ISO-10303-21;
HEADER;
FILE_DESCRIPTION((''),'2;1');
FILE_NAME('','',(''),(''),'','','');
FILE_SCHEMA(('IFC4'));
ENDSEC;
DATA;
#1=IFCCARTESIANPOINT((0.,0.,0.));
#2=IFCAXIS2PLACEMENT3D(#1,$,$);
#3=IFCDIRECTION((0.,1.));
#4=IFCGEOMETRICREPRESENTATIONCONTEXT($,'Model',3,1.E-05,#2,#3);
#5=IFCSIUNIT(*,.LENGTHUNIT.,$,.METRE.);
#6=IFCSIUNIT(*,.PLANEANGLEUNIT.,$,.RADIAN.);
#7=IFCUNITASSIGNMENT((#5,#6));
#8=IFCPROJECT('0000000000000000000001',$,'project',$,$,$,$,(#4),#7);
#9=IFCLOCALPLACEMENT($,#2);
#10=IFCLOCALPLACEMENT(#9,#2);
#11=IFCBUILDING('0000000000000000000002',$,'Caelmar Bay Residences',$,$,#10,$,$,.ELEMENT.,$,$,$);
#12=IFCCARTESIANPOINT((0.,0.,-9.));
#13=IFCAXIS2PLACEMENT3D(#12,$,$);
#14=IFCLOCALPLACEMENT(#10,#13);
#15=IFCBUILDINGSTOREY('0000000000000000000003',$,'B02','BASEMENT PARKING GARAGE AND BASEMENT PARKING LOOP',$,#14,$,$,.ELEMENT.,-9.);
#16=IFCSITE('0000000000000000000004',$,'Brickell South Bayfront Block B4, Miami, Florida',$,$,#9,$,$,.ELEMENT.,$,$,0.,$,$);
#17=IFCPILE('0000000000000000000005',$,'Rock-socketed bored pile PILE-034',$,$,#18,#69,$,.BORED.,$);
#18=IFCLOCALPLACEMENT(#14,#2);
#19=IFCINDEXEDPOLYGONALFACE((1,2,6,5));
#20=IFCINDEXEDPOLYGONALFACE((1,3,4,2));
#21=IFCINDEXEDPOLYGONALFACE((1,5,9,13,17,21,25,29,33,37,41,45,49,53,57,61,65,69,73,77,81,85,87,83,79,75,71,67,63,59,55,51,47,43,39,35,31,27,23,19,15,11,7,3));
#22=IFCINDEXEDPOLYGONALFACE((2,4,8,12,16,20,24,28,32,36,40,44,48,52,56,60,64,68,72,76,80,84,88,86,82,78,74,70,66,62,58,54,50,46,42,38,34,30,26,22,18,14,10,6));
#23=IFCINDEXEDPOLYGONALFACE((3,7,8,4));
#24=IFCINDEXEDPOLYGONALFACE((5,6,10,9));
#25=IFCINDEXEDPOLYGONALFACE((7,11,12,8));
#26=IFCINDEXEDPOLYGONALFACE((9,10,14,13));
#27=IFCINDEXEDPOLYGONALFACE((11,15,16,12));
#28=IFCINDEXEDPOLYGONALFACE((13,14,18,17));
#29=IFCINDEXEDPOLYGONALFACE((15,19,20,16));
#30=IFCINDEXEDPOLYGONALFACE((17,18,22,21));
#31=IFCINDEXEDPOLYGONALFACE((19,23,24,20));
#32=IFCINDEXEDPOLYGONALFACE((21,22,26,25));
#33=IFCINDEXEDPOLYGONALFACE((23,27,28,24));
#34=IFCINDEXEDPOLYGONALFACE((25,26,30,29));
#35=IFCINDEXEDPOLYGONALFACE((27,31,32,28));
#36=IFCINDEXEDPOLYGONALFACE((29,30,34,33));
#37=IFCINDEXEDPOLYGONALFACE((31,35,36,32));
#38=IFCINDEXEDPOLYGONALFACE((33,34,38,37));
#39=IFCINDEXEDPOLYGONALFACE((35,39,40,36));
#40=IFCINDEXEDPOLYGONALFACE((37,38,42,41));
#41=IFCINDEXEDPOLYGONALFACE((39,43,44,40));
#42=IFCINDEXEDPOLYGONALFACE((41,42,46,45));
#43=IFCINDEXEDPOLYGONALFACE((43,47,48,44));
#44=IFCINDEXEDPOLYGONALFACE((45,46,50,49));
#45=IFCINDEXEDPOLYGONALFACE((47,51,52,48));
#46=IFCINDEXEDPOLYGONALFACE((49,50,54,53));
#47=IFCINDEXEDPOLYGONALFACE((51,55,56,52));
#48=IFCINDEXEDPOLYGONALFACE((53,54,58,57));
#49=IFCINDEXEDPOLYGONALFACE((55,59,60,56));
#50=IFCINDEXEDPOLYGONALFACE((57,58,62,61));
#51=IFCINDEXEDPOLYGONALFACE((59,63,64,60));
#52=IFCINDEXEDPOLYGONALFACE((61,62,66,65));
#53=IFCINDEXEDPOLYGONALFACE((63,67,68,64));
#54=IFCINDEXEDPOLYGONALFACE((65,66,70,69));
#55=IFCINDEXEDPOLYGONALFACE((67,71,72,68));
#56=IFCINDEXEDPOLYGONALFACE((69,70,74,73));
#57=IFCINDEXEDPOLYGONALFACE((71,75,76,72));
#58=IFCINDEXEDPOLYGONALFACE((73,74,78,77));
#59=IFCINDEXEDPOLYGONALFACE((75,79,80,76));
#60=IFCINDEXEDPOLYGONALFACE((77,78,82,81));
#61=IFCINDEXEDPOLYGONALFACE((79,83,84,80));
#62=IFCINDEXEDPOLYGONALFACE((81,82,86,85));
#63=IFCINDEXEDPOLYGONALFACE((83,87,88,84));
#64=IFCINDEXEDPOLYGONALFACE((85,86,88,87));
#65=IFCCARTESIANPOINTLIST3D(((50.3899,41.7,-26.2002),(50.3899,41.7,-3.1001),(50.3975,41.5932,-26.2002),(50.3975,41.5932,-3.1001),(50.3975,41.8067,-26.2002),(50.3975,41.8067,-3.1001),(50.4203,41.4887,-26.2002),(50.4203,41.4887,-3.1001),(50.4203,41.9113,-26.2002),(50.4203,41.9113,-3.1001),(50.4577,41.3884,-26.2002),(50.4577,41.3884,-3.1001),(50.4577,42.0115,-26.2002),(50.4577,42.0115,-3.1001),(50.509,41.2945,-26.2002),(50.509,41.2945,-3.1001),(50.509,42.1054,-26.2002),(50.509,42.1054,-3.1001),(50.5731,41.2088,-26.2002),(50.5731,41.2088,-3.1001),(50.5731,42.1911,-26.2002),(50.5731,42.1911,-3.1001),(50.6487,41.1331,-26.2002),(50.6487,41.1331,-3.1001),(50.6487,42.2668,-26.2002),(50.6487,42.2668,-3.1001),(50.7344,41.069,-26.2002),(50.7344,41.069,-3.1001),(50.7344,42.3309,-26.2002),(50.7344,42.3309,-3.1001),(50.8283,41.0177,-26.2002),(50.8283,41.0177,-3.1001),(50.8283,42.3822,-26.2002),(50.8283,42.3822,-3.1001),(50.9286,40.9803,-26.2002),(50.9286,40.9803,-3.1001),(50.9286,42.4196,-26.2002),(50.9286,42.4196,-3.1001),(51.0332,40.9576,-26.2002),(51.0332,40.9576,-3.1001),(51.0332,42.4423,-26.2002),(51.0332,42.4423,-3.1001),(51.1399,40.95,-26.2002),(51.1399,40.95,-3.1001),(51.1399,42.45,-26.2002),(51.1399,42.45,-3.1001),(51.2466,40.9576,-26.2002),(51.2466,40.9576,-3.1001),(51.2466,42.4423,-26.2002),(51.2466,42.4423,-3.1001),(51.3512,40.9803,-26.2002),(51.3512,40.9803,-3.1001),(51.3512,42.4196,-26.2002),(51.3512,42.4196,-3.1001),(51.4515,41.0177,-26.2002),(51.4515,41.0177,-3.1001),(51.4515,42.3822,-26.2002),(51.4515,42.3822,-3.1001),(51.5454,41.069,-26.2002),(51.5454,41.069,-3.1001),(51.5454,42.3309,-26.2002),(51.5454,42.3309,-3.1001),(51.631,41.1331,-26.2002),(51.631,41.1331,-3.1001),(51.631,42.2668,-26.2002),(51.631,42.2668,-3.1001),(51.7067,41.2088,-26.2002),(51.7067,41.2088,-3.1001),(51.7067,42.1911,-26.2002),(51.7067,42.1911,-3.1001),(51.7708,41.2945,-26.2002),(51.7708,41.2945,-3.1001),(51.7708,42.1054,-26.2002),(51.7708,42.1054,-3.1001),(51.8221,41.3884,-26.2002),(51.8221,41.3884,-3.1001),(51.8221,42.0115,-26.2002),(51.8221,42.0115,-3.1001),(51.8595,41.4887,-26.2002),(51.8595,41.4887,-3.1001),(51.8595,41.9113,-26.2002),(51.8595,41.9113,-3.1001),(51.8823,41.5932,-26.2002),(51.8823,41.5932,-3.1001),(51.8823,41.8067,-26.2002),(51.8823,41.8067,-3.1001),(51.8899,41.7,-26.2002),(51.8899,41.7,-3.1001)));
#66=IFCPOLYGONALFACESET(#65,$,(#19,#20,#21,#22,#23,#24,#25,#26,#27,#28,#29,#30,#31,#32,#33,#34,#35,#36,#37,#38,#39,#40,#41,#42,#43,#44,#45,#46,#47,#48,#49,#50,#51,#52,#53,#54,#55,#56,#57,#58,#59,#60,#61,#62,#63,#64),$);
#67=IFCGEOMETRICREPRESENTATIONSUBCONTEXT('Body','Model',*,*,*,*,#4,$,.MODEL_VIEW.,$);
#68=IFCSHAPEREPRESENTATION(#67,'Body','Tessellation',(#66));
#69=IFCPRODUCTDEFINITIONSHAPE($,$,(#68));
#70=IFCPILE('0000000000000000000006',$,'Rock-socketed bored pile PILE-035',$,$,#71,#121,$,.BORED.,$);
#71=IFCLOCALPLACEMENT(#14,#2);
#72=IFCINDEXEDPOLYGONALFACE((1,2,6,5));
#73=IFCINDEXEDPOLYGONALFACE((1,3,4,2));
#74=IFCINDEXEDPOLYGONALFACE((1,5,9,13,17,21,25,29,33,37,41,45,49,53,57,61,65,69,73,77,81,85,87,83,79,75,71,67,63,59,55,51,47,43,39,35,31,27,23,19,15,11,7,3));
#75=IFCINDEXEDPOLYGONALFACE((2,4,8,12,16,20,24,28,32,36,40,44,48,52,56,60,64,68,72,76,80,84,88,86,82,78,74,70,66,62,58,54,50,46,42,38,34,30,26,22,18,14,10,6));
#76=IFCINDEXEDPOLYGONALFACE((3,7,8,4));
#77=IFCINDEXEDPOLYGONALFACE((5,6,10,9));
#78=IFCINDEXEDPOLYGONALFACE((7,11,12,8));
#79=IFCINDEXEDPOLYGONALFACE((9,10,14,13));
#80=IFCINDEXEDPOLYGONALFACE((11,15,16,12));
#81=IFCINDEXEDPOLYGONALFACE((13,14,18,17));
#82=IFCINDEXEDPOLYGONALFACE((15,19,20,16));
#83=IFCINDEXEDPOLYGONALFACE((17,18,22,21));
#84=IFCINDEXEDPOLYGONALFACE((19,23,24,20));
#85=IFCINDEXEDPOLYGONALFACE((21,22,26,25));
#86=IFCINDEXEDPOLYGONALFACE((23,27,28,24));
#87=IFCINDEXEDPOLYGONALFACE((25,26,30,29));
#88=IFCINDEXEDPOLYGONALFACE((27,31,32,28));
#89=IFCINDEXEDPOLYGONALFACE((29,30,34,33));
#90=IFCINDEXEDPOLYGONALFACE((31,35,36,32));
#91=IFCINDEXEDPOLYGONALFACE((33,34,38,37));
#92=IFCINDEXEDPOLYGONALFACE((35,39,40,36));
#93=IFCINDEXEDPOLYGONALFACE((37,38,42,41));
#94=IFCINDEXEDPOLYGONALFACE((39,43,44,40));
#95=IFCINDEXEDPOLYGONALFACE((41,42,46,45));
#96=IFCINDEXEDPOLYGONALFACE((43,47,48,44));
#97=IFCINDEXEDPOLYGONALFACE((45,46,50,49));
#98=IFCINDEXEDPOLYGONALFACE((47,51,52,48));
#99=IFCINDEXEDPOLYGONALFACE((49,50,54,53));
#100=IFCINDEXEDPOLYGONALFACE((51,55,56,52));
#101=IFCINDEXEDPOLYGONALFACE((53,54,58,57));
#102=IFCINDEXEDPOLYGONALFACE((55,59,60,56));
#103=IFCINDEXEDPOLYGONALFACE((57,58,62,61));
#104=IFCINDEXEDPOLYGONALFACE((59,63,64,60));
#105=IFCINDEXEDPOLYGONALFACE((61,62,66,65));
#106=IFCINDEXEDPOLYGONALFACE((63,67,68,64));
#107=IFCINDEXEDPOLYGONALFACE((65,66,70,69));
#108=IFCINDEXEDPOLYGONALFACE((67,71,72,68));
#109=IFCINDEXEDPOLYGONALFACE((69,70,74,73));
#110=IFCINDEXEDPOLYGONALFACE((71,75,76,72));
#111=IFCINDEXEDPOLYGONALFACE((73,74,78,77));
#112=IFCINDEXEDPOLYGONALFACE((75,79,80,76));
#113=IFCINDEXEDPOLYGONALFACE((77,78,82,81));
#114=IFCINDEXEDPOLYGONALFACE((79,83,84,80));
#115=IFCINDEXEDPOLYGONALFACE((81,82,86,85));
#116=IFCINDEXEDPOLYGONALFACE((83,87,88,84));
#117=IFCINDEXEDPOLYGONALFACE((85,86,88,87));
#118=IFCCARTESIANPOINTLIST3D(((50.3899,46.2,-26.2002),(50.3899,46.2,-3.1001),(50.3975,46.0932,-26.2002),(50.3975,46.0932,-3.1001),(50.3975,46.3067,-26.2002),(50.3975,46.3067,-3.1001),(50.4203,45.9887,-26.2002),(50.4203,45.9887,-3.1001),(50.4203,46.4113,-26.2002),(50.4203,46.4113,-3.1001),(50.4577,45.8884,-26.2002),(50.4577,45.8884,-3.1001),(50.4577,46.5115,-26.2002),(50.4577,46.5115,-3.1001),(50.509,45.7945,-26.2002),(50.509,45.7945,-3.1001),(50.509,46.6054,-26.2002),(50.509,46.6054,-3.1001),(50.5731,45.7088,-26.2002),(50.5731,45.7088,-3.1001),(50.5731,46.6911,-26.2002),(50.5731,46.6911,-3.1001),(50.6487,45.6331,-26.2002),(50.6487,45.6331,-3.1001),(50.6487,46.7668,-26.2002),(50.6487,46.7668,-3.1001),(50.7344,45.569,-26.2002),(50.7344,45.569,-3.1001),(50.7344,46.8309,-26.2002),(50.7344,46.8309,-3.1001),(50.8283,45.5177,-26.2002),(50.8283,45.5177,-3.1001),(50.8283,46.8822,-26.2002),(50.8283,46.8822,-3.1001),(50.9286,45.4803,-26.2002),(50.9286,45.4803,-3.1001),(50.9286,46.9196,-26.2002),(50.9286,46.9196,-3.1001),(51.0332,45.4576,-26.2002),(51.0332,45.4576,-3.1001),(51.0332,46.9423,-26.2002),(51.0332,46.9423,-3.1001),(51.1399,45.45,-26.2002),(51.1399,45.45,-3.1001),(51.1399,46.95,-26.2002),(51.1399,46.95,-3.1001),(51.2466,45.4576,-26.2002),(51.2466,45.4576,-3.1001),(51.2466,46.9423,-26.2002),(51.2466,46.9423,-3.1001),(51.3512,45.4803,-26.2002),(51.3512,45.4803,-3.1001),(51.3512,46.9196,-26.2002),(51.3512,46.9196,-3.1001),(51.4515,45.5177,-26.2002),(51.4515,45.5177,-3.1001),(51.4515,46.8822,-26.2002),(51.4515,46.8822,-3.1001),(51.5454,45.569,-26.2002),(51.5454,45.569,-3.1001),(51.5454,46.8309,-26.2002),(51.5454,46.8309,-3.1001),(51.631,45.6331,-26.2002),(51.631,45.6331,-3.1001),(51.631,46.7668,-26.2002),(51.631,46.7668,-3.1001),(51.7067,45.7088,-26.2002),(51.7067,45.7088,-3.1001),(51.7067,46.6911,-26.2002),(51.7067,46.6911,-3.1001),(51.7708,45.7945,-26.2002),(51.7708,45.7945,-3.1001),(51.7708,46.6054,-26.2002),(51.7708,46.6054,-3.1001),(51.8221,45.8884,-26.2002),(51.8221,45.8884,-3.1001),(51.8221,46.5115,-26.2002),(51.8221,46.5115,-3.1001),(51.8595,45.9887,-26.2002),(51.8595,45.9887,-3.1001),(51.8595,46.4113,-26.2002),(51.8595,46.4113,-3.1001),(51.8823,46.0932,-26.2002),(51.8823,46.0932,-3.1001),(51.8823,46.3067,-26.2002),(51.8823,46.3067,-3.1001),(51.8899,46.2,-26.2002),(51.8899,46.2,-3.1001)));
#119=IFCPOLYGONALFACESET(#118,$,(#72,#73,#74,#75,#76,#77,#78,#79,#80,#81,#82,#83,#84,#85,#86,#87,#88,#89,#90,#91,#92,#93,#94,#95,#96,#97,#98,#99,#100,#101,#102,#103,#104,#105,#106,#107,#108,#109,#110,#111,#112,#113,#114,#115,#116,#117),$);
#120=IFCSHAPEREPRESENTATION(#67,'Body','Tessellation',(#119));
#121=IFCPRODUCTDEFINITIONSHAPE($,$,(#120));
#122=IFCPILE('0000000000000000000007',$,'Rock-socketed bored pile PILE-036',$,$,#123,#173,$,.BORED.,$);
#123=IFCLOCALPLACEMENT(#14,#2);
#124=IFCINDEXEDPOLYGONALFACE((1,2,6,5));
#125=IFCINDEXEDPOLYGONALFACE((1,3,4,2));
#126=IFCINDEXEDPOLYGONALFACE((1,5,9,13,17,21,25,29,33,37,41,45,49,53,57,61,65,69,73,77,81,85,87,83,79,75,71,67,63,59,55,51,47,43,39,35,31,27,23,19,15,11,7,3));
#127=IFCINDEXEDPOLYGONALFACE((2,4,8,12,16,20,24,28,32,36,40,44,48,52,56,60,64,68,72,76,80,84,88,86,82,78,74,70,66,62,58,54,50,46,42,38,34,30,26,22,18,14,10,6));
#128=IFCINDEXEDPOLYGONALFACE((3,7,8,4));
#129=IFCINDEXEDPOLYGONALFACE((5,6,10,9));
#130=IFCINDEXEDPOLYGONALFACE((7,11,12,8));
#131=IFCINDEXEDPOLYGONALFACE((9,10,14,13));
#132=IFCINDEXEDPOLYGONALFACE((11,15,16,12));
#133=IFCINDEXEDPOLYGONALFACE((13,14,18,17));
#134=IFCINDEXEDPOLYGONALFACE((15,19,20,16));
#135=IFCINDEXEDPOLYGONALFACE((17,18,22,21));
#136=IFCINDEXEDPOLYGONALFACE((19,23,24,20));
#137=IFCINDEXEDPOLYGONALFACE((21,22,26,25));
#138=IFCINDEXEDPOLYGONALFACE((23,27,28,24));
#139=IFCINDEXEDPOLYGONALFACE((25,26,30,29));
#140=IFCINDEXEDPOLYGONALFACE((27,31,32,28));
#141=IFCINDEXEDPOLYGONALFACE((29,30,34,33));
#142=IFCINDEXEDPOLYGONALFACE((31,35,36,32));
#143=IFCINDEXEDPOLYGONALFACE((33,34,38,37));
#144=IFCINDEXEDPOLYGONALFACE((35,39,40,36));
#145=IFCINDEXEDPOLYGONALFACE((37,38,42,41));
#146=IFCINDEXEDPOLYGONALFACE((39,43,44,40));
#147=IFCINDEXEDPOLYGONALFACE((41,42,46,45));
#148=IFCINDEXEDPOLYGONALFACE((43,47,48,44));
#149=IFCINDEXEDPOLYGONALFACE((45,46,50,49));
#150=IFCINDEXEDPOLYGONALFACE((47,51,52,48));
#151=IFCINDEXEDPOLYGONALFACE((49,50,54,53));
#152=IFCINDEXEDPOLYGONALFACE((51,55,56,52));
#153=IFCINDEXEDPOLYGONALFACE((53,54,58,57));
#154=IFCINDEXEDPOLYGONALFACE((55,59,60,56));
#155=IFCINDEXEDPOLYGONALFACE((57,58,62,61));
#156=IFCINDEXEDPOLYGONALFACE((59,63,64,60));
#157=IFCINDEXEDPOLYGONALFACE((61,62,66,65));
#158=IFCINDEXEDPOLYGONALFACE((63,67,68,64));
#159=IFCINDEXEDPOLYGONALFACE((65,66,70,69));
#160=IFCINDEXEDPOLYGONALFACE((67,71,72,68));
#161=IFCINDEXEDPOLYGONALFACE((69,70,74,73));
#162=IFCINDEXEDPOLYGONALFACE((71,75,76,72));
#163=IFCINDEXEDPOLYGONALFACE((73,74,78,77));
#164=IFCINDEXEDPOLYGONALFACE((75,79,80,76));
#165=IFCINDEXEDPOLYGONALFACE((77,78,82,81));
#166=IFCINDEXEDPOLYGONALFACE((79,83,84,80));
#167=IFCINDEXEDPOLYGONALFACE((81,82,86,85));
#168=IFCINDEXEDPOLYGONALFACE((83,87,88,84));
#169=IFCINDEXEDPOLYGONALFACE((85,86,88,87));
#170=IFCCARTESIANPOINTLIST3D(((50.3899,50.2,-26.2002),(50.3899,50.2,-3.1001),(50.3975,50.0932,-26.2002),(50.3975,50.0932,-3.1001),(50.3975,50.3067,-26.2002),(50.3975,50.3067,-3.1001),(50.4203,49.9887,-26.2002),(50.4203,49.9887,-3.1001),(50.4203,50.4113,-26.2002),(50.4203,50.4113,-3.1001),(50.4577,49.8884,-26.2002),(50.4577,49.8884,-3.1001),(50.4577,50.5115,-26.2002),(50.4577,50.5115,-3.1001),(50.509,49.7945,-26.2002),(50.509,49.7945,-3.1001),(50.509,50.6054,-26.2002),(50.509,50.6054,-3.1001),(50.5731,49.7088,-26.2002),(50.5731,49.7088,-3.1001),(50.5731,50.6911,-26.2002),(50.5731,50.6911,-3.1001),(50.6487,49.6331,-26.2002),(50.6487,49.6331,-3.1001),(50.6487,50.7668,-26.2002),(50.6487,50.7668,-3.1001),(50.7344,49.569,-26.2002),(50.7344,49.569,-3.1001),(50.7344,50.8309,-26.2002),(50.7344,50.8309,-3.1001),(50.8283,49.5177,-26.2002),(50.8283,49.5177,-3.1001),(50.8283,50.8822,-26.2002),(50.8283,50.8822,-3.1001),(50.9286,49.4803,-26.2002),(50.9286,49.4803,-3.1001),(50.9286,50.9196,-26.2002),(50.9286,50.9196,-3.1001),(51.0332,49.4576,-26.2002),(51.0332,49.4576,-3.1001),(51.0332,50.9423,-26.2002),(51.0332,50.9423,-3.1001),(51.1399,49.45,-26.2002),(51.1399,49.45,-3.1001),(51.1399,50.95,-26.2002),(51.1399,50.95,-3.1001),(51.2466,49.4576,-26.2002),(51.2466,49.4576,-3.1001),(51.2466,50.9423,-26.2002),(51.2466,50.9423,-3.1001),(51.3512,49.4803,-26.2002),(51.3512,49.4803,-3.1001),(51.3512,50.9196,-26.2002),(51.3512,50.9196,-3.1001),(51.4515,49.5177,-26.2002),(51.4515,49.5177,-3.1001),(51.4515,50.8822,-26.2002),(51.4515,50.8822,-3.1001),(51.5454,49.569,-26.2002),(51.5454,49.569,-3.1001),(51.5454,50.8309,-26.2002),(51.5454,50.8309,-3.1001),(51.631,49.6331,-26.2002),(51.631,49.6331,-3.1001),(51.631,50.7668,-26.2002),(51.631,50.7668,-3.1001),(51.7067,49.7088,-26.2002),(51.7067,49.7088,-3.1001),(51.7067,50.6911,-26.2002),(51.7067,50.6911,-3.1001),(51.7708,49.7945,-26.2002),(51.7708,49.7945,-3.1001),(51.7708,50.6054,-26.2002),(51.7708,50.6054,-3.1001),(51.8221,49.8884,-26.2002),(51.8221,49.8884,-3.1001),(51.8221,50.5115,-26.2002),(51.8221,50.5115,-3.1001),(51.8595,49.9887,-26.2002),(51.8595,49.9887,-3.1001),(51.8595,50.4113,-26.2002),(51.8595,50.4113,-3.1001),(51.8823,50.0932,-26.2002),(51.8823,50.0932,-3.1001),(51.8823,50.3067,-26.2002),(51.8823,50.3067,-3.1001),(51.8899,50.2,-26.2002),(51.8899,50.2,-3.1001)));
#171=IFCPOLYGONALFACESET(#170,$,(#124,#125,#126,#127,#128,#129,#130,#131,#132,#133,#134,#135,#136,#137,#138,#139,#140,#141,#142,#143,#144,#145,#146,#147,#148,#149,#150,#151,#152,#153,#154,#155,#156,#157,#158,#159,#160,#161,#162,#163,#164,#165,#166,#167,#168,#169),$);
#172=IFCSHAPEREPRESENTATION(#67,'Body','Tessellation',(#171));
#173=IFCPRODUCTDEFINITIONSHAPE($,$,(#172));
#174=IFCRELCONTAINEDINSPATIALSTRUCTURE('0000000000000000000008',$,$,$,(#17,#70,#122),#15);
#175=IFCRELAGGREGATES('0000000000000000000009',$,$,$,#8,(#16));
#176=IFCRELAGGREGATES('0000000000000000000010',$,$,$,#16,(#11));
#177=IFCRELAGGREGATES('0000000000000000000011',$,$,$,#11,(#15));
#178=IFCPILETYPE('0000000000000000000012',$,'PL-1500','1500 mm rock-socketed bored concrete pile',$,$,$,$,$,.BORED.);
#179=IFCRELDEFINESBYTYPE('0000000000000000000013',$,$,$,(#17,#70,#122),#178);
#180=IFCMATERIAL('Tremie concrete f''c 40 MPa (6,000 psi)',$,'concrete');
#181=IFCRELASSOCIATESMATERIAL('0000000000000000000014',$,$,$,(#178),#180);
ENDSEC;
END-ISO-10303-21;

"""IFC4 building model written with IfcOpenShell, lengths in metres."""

from ifc_helpers import new_model, si_unit, direction, frame, origin, origin_2d, place, context, subcontext, project, spatial, circle, extrude, material, material_profile, profile_set, type_object, element, save


model = new_model("IFC4")

# Units and contexts
model_context = context("Model", 3, precision=1e-05, world=origin(), true_north=direction((0.0, 1.0)))
body_context = subcontext(model_context, "Body", "Model", "MODEL_VIEW")
ifc_project = project(units=[si_unit("LENGTHUNIT", "METRE"), si_unit("PLANEANGLEUNIT", "RADIAN")], contexts=[model_context])

# Site, building, storey
site_placement = place(None, origin())
site = spatial("IfcSite", under=ifc_project, at=site_placement, Name="Brickell South Bayfront Block B4, Miami, Florida", CompositionType="ELEMENT", RefElevation=0.0)
building_placement = place(site_placement, origin())
building = spatial("IfcBuilding", under=site, at=building_placement, Name="Caelmar Bay Residences", CompositionType="ELEMENT")
storey_placement = place(building_placement, frame((0.0, 0.0, -9.0)))
storey = spatial("IfcBuildingStorey", under=building, at=storey_placement, Name="B02", Description="BASEMENT PARKING GARAGE AND BASEMENT PARKING LOOP", CompositionType="ELEMENT", Elevation=-9.0)

# Piles
ifc_material_1 = material(Name="Tremie concrete f'c 40 MPa (6,000 psi)", Category="concrete")
ifc_material_profile_1 = material_profile(ifc_material_1, circle(Radius=0.75, at=origin_2d()), Name="PILE-1500D")
ifc_profile_set_1 = profile_set([ifc_material_profile_1], Name="Tremie concrete f'c 40 MPa (6,000 psi)")
pile_type_1 = type_object("IfcPileType", Name="PL-1500", Description="1500 mm rock-socketed bored concrete pile", PredefinedType="BORED", material=ifc_profile_set_1)
for number, where, z_axis, x_axis, name in (
    (1, (51.1399, 41.7, -3.1001), (0.0, 0.0, -1.0), (1.0, 0.0, 0.0), "Rock-socketed bored pile PILE-034"),
    (2, (51.1399, 46.2, -3.1001), (0.0, 0.0, -1.0), (1.0, 0.0, 0.0), "Rock-socketed bored pile PILE-035"),
    (3, (51.1399, 50.2, -3.1001), (0.0, 0.0, -1.0), (1.0, 0.0, 0.0), "Rock-socketed bored pile PILE-036"),
):
    element("IfcPile", number, at=place(storey_placement, frame(where, z_axis=z_axis, x_axis=x_axis)), inside=storey, type_object=pile_type_1, Name=name, PredefinedType="BORED", context=body_context, shape_type="SweptSolid", body=[
        extrude(circle(Radius=0.75, at=origin_2d()), origin(), (0.0, 0.0, 1.0), 23.1001),
    ])

save(model, "model.ifc")
